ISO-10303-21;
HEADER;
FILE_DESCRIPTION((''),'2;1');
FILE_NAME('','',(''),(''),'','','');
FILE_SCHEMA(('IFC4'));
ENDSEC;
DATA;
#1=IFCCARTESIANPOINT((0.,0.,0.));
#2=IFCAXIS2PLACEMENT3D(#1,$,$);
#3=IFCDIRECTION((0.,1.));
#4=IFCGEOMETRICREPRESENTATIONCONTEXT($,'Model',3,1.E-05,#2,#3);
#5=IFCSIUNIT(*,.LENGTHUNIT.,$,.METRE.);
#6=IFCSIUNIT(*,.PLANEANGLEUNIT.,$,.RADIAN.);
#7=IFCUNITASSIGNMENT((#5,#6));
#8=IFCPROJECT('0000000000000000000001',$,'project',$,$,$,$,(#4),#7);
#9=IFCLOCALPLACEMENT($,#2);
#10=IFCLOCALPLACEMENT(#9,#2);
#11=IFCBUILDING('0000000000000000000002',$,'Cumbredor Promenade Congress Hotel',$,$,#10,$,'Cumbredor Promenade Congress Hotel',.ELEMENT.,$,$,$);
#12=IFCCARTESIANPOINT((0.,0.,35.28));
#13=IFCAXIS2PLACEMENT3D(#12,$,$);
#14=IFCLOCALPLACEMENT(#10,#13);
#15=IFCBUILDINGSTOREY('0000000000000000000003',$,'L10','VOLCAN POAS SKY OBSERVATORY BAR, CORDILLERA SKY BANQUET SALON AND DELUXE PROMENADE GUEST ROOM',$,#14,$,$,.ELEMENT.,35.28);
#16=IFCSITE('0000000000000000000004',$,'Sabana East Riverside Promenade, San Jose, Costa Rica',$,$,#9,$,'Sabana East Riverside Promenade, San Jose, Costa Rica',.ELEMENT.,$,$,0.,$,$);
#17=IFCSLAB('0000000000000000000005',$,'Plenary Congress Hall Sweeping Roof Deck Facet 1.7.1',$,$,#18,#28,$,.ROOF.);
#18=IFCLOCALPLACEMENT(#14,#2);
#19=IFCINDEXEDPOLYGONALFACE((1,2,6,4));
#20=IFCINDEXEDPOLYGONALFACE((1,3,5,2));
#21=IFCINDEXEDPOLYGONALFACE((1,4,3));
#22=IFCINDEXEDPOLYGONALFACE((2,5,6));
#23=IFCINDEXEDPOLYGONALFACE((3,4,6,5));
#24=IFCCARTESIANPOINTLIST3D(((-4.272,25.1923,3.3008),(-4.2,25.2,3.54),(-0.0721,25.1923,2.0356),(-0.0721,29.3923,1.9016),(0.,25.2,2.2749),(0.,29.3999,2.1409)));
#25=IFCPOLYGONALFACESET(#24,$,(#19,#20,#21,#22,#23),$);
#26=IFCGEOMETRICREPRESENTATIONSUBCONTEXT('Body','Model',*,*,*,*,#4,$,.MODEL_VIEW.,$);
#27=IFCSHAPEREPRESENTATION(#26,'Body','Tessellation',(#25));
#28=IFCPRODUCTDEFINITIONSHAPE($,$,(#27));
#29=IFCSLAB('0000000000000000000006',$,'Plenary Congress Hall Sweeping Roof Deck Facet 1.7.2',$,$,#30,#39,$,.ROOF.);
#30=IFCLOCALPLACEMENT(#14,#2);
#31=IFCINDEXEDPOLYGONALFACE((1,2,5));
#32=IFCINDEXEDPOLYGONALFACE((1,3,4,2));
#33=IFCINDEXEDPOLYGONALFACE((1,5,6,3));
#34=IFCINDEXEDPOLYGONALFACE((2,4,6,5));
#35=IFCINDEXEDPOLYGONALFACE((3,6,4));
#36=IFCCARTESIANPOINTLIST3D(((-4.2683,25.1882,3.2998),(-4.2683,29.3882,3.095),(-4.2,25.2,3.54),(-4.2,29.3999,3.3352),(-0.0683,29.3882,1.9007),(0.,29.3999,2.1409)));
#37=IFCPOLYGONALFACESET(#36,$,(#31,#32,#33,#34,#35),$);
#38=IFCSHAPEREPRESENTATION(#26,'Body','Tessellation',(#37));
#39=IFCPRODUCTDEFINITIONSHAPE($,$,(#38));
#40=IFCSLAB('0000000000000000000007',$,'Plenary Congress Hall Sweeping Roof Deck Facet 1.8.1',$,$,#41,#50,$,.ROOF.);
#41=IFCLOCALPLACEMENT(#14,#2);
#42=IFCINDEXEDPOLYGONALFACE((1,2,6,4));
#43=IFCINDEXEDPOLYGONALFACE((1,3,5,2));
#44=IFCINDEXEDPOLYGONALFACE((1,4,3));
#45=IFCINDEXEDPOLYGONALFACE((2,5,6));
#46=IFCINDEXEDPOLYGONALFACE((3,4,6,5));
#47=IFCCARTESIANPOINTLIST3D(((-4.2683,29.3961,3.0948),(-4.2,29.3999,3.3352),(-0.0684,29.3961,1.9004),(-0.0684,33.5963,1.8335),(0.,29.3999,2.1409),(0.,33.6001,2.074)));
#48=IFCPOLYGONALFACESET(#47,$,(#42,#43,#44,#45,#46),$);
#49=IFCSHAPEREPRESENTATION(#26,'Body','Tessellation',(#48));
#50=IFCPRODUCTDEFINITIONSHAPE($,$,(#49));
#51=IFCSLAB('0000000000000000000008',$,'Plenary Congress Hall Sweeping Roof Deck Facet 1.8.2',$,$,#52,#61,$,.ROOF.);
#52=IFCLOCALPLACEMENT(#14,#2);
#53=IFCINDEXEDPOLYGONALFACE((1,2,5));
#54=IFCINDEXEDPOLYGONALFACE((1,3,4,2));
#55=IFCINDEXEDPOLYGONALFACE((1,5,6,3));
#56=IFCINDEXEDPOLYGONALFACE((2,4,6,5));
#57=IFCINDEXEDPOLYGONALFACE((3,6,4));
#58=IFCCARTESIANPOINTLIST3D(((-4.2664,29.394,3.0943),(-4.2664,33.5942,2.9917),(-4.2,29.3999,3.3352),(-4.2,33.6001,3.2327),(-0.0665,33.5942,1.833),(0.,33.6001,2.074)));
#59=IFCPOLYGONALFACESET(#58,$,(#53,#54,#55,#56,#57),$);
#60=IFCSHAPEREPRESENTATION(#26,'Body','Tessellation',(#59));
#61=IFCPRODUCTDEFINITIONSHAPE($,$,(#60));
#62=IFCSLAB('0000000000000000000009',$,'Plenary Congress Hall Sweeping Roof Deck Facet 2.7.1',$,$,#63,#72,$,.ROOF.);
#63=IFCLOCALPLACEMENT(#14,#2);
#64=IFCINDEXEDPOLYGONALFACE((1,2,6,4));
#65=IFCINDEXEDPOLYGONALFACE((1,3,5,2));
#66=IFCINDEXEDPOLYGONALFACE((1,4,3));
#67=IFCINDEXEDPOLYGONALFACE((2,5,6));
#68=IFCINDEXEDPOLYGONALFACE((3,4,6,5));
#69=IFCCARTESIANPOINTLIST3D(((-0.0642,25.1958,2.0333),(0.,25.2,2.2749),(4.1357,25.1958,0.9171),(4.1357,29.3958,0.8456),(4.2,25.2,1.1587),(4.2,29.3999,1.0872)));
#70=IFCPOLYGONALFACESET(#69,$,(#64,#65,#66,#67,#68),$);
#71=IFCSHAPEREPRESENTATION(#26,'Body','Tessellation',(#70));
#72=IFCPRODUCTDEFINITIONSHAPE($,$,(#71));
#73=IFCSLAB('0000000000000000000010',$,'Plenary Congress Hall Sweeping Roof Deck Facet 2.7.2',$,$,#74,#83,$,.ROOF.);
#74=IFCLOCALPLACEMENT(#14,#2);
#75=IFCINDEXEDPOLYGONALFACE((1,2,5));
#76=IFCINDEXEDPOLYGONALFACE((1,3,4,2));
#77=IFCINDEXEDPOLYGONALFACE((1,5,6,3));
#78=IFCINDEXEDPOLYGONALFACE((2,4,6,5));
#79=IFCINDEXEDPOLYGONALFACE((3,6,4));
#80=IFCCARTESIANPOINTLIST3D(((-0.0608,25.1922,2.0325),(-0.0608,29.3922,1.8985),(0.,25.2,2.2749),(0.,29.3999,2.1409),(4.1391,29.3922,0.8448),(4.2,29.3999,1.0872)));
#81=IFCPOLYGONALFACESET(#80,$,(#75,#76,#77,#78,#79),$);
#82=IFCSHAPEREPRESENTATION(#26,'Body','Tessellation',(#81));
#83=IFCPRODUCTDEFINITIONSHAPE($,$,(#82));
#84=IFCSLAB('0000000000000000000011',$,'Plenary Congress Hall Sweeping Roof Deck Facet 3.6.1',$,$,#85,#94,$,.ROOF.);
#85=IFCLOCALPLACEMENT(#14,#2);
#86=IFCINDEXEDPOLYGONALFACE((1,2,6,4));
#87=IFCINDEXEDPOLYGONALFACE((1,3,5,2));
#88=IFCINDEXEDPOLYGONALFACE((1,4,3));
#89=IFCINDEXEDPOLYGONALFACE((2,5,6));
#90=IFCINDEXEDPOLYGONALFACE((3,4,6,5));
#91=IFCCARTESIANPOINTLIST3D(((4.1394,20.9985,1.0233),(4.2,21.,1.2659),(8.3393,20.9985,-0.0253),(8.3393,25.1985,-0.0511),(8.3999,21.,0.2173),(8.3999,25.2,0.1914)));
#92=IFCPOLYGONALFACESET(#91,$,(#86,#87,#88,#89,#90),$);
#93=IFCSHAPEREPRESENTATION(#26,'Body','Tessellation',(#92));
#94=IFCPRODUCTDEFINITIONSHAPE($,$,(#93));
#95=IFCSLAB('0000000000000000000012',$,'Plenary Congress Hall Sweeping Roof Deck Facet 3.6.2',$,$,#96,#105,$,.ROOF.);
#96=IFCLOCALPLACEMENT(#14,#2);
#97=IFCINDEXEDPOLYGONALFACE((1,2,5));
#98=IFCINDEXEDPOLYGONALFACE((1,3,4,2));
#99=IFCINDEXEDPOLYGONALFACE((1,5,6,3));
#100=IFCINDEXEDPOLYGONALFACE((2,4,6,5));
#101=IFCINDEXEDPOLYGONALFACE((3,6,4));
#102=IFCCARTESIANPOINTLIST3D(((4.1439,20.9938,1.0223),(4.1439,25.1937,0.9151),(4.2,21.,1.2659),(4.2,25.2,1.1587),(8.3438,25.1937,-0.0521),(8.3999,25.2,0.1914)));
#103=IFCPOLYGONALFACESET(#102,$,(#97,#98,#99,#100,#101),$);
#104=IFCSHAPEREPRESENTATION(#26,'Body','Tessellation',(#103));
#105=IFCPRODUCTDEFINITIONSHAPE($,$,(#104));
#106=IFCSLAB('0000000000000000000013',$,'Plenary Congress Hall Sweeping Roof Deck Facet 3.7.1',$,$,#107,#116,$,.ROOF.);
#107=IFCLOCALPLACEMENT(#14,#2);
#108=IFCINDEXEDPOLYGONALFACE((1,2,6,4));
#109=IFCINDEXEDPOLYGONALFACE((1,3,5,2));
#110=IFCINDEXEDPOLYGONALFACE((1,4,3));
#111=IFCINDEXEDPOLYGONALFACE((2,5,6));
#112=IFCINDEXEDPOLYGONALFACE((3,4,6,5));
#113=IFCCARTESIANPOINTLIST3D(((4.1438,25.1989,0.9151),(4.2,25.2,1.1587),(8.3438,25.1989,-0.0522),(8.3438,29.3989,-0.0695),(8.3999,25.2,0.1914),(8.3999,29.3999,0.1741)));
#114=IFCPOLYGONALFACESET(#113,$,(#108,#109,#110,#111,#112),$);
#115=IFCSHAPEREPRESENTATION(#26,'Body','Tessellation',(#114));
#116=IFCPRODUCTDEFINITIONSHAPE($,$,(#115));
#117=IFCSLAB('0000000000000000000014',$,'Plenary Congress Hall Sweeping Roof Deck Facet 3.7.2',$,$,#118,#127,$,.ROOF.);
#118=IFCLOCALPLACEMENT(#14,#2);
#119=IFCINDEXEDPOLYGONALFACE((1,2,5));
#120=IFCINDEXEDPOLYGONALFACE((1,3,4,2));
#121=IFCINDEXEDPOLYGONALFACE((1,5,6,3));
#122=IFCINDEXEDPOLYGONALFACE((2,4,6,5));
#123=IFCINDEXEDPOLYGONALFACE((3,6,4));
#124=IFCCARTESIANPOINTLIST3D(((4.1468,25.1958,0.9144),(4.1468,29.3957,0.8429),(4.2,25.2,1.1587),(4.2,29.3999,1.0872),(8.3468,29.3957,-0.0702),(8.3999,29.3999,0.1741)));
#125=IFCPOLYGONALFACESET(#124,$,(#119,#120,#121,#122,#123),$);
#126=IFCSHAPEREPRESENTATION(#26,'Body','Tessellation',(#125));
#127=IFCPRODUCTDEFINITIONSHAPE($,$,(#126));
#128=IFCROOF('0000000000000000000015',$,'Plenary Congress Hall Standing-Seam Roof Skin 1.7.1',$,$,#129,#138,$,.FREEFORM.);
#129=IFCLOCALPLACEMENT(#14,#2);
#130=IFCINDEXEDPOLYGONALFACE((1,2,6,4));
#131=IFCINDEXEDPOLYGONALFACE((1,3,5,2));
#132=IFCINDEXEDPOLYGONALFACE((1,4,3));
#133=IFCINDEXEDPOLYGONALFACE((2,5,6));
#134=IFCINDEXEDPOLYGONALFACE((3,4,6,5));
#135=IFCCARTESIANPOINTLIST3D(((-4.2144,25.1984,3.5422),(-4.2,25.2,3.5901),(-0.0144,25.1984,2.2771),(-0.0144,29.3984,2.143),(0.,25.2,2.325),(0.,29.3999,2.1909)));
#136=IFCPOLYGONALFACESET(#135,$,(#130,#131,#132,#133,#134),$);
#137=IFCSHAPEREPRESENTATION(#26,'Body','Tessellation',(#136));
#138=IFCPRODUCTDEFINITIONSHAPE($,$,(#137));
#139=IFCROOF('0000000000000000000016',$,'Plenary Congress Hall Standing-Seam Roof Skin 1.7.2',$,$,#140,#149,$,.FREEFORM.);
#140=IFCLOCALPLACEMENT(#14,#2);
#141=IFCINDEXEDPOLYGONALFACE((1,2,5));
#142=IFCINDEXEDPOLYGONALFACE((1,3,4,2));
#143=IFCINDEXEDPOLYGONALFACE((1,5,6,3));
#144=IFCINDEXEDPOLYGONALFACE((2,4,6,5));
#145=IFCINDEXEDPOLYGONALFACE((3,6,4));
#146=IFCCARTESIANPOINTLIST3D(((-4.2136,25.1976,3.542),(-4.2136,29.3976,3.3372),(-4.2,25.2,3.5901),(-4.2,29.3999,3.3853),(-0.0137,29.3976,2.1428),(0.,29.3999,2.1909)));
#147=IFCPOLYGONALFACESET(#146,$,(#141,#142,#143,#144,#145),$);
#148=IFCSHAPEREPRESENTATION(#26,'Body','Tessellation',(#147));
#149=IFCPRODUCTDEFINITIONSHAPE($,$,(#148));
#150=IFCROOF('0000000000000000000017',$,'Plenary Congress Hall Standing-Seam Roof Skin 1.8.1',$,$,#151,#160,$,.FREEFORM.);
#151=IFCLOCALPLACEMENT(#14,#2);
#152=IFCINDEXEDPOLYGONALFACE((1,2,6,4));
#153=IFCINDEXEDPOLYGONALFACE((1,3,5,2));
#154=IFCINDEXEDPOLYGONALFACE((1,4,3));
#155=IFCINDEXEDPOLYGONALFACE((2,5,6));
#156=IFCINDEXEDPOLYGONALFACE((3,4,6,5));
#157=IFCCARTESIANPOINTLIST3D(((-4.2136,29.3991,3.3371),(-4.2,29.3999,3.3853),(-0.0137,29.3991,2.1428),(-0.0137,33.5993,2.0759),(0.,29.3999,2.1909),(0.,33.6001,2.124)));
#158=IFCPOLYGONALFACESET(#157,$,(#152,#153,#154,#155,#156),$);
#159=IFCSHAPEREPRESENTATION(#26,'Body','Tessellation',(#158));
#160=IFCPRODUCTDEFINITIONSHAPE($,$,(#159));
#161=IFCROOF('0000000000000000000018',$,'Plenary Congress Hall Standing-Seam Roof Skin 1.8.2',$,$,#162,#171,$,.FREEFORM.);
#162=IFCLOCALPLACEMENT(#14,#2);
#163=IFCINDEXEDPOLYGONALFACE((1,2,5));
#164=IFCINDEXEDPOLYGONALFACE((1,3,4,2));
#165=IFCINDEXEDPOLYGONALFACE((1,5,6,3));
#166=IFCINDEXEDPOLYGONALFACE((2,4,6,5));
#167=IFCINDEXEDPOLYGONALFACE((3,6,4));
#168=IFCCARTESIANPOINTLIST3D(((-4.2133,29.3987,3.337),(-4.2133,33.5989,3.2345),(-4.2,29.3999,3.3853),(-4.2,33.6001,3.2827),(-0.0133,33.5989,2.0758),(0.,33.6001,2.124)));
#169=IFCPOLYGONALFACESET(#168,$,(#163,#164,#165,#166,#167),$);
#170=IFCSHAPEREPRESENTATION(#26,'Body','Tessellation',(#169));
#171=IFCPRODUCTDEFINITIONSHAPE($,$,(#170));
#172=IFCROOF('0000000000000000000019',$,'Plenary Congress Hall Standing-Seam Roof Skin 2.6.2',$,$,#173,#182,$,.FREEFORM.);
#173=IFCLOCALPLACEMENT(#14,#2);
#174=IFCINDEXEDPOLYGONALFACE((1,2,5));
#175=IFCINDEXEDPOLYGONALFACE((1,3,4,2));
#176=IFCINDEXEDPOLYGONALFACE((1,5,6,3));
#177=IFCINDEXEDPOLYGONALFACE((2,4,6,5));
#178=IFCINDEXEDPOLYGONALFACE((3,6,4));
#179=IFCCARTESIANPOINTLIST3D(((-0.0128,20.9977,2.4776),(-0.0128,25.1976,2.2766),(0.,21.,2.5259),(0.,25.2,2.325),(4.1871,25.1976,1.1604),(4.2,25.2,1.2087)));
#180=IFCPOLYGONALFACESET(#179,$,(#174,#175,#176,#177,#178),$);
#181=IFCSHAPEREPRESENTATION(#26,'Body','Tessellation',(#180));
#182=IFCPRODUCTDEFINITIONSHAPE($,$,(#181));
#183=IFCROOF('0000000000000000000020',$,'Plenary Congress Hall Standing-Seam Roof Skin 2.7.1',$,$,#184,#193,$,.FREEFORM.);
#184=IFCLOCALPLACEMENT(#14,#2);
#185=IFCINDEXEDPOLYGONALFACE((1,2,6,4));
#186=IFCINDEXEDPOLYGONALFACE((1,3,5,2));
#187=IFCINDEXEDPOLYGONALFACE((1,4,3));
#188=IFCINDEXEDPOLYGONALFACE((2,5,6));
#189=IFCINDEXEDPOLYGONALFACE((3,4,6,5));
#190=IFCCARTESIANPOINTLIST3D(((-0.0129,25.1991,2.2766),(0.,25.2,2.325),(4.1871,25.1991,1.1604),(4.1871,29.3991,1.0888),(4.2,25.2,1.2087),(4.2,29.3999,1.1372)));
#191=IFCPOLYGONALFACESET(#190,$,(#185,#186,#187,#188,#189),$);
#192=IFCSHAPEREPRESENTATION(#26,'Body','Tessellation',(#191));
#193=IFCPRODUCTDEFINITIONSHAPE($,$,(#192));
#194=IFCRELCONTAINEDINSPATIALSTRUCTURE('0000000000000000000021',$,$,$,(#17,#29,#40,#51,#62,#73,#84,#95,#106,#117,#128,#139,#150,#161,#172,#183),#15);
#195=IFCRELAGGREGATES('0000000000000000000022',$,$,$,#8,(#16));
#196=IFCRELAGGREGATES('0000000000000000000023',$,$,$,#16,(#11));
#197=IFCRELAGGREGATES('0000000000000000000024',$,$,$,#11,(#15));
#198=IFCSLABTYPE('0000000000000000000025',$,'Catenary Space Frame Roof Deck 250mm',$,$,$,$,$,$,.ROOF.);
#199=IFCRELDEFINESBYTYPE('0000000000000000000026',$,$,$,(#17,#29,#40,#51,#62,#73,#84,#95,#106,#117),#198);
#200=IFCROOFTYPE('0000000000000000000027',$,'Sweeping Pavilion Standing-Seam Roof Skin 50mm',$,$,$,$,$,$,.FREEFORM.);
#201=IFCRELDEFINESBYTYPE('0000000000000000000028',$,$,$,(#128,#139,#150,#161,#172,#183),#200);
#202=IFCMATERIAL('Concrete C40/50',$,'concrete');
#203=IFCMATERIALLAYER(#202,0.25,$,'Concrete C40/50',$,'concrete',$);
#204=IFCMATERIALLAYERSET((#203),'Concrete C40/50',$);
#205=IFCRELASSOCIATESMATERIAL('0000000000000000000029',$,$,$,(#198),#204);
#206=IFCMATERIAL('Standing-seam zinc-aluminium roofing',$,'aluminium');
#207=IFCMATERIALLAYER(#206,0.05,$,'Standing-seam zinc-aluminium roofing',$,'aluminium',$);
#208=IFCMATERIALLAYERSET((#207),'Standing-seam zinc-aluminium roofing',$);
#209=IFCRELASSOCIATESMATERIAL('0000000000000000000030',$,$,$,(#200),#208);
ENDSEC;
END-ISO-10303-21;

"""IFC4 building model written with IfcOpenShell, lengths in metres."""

from ifc_helpers import new_model, si_unit, direction, frame, origin, place, context, subcontext, project, spatial, polyline, outline, extrude, material, layer, layer_set, type_object, element, save


model = new_model("IFC4")

# Units and contexts
model_context = context("Model", 3, precision=1e-05, world=origin(), true_north=direction((0.0, 1.0)))
body_context = subcontext(model_context, "Body", "Model", "MODEL_VIEW")
ifc_project = project(units=[si_unit("LENGTHUNIT", "METRE"), si_unit("PLANEANGLEUNIT", "RADIAN")], contexts=[model_context])

# Site, building, storey
site_placement = place(None, origin())
site = spatial("IfcSite", under=ifc_project, at=site_placement, Name="Sabana East Riverside Promenade, San Jose, Costa Rica", LongName="Sabana East Riverside Promenade, San Jose, Costa Rica", CompositionType="ELEMENT", RefElevation=0.0)
building_placement = place(site_placement, origin())
building = spatial("IfcBuilding", under=site, at=building_placement, Name="Cumbredor Promenade Congress Hotel", LongName="Cumbredor Promenade Congress Hotel", CompositionType="ELEMENT")
storey_placement = place(building_placement, frame((0.0, 0.0, 35.28)))
storey = spatial("IfcBuildingStorey", under=building, at=storey_placement, Name="L10", Description="VOLCAN POAS SKY OBSERVATORY BAR, CORDILLERA SKY BANQUET SALON AND DELUXE PROMENADE GUEST ROOM", CompositionType="ELEMENT", Elevation=35.28)

# Slabs
ifc_material_1 = material(Name="Concrete C40/50", Category="concrete")
ifc_layer_1 = layer(ifc_material_1, 0.25, Name="Concrete C40/50", Category="concrete")
ifc_layer_set_1 = layer_set([ifc_layer_1], Name="Concrete C40/50")
slab_type = type_object("IfcSlabType", Name="Catenary Space Frame Roof Deck 250mm", PredefinedType="ROOF", material=ifc_layer_set_1)
slab_1_placement = place(storey_placement, frame((-4.2, 25.2, 3.54), z_axis=(0.288291, 0.030543, 0.957056), x_axis=(0.957502, 0.0, -0.288425)))
element("IfcSlab", 1, at=slab_1_placement, inside=storey, type_object=slab_type, Name="Plenary Congress Hall Sweeping Roof Deck Facet 1.7.1", PredefinedType="ROOF", context=body_context, shape_type="SweptSolid", body=[
    extrude(outline(polyline([(0.0, 0.0), (4.3864, 0.0), (4.425, 4.2019), (0.0, 0.0)])), origin(), (0.0, 0.0, -1.0), 0.25),
])
slab_2_placement = place(storey_placement, frame((-4.2, 25.2, 3.54), z_axis=(0.273224, 0.046859, 0.960808), x_axis=(0.688268, 0.688268, -0.229289)))
element("IfcSlab", 2, at=slab_2_placement, inside=storey, type_object=slab_type, Name="Plenary Congress Hall Sweeping Roof Deck Facet 1.7.2", PredefinedType="ROOF", context=body_context, shape_type="SweptSolid", body=[
    extrude(outline(polyline([(0.0, 0.0), (6.1022, 0.0), (2.9377, 3.0086), (0.0, 0.0)])), origin(), (0.0, 0.0, -1.0), 0.25),
])
slab_3_placement = place(storey_placement, frame((-4.2, 29.3999, 3.3352), z_axis=(0.273493, 0.015317, 0.961752), x_axis=(0.961865, 0.0, -0.273525)))
element("IfcSlab", 3, at=slab_3_placement, inside=storey, type_object=slab_type, Name="Plenary Congress Hall Sweeping Roof Deck Facet 1.8.1", PredefinedType="ROOF", context=body_context, shape_type="SweptSolid", body=[
    extrude(outline(polyline([(0.0, 0.0), (4.3665, 0.0), (4.3848, 4.2007), (0.0, 0.0)])), origin(), (0.0, 0.0, -1.0), 0.25),
])
slab_4_placement = place(storey_placement, frame((-4.2, 29.3999, 3.3352), z_axis=(0.265873, 0.023527, 0.963721), x_axis=(0.691666, 0.691706, -0.207705)))
element("IfcSlab", 4, at=slab_4_placement, inside=storey, type_object=slab_type, Name="Plenary Congress Hall Sweeping Roof Deck Facet 1.8.2", PredefinedType="ROOF", context=body_context, shape_type="SweptSolid", body=[
    extrude(outline(polyline([(0.0, 0.0), (6.0722, 0.0), (2.9266, 3.0145), (0.0, 0.0)])), origin(), (0.0, 0.0, -1.0), 0.25),
])
slab_5_placement = place(storey_placement, frame((0.0, 25.2, 2.2749), z_axis=(0.256817, 0.016458, 0.96632), x_axis=(0.966451, 0.0, -0.256851)))
element("IfcSlab", 5, at=slab_5_placement, inside=storey, type_object=slab_type, Name="Plenary Congress Hall Sweeping Roof Deck Facet 2.7.1", PredefinedType="ROOF", context=body_context, shape_type="SweptSolid", body=[
    extrude(outline(polyline([(0.0, 0.0), (4.3457, 0.0), (4.3641, 4.2005), (0.0, 0.0)])), origin(), (0.0, 0.0, -1.0), 0.25),
])
slab_6_placement = place(storey_placement, frame((0.0, 25.2, 2.2749), z_axis=(0.243228, 0.030939, 0.969476), x_axis=(0.693379, 0.693379, -0.196087)))
element("IfcSlab", 6, at=slab_6_placement, inside=storey, type_object=slab_type, Name="Plenary Congress Hall Sweeping Roof Deck Facet 2.7.2", PredefinedType="ROOF", context=body_context, shape_type="SweptSolid", body=[
    extrude(outline(polyline([(0.0, 0.0), (6.0572, 0.0), (2.9384, 3.0039), (0.0, 0.0)])), origin(), (0.0, 0.0, -1.0), 0.25),
])
slab_7_placement = place(storey_placement, frame((4.2, 21.0, 1.2659), z_axis=(0.242226, 0.005978, 0.970201), x_axis=(0.970219, 0.0, -0.24223)))
element("IfcSlab", 7, at=slab_7_placement, inside=storey, type_object=slab_type, Name="Plenary Congress Hall Sweeping Roof Deck Facet 3.6.1", PredefinedType="ROOF", context=body_context, shape_type="SweptSolid", body=[
    extrude(outline(polyline([(0.0, 0.0), (4.3289, 0.0), (4.3351, 4.2), (0.0, 0.0)])), origin(), (0.0, 0.0, -1.0), 0.25),
])
slab_8_placement = place(storey_placement, frame((4.2, 21.0, 1.2659), z_axis=(0.224364, 0.02486, 0.974188), x_axis=(0.695814, 0.695814, -0.178008)))
element("IfcSlab", 8, at=slab_8_placement, inside=storey, type_object=slab_type, Name="Plenary Congress Hall Sweeping Roof Deck Facet 3.6.2", PredefinedType="ROOF", context=body_context, shape_type="SweptSolid", body=[
    extrude(outline(polyline([(0.0, 0.0), (6.036, 0.0), (2.9415, 2.9998), (0.0, 0.0)])), origin(), (0.0, 0.0, -1.0), 0.25),
])
slab_9_placement = place(storey_placement, frame((4.2, 25.2, 1.1587), z_axis=(0.224432, 0.004022, 0.974482), x_axis=(0.974489, 0.0, -0.224433)))
element("IfcSlab", 9, at=slab_9_placement, inside=storey, type_object=slab_type, Name="Plenary Congress Hall Sweeping Roof Deck Facet 3.7.1", PredefinedType="ROOF", context=body_context, shape_type="SweptSolid", body=[
    extrude(outline(polyline([(0.0, 0.0), (4.3099, 0.0), (4.3138, 4.2), (0.0, 0.0)])), origin(), (0.0, 0.0, -1.0), 0.25),
])
slab_10_placement = place(storey_placement, frame((4.2, 25.2, 1.1587), z_axis=(0.212412, 0.016641, 0.977038), x_axis=(0.697587, 0.697587, -0.163539)))
element("IfcSlab", 10, at=slab_10_placement, inside=storey, type_object=slab_type, Name="Plenary Congress Hall Sweeping Roof Deck Facet 3.7.2", PredefinedType="ROOF", context=body_context, shape_type="SweptSolid", body=[
    extrude(outline(polyline([(0.0, 0.0), (6.0207, 0.0), (2.9415, 2.9987), (0.0, 0.0)])), origin(), (0.0, 0.0, -1.0), 0.25),
])

# Roofs
ifc_material_2 = material(Name="Standing-seam zinc-aluminium roofing", Category="aluminium")
ifc_layer_2 = layer(ifc_material_2, 0.05, Name="Standing-seam zinc-aluminium roofing", Category="aluminium")
ifc_layer_set_2 = layer_set([ifc_layer_2], Name="Standing-seam zinc-aluminium roofing")
roof_type = type_object("IfcRoofType", Name="Sweeping Pavilion Standing-Seam Roof Skin 50mm", PredefinedType="FREEFORM", material=ifc_layer_set_2)
roof_1_placement = place(storey_placement, frame((-4.2, 25.2, 3.5901), z_axis=(0.288291, 0.030543, 0.957056), x_axis=(0.957502, 0.0, -0.288425)))
element("IfcRoof", 11, at=roof_1_placement, inside=storey, type_object=roof_type, Name="Plenary Congress Hall Standing-Seam Roof Skin 1.7.1", PredefinedType="FREEFORM", context=body_context, shape_type="SweptSolid", body=[
    extrude(outline(polyline([(0.0, 0.0), (4.3864, 0.0), (4.425, 4.2019), (0.0, 0.0)])), origin(), (0.0, 0.0, -1.0), 0.05),
])
roof_2_placement = place(storey_placement, frame((-4.2, 25.2, 3.5901), z_axis=(0.273224, 0.046859, 0.960808), x_axis=(0.688268, 0.688268, -0.229289)))
element("IfcRoof", 12, at=roof_2_placement, inside=storey, type_object=roof_type, Name="Plenary Congress Hall Standing-Seam Roof Skin 1.7.2", PredefinedType="FREEFORM", context=body_context, shape_type="SweptSolid", body=[
    extrude(outline(polyline([(0.0, 0.0), (6.1022, 0.0), (2.9377, 3.0086), (0.0, 0.0)])), origin(), (0.0, 0.0, -1.0), 0.05),
])
roof_3_placement = place(storey_placement, frame((-4.2, 29.3999, 3.3853), z_axis=(0.273493, 0.015317, 0.961752), x_axis=(0.961865, 0.0, -0.273525)))
element("IfcRoof", 13, at=roof_3_placement, inside=storey, type_object=roof_type, Name="Plenary Congress Hall Standing-Seam Roof Skin 1.8.1", PredefinedType="FREEFORM", context=body_context, shape_type="SweptSolid", body=[
    extrude(outline(polyline([(0.0, 0.0), (4.3665, 0.0), (4.3848, 4.2007), (0.0, 0.0)])), origin(), (0.0, 0.0, -1.0), 0.05),
])
roof_4_placement = place(storey_placement, frame((-4.2, 29.3999, 3.3853), z_axis=(0.265873, 0.023527, 0.963721), x_axis=(0.691666, 0.691706, -0.207705)))
element("IfcRoof", 14, at=roof_4_placement, inside=storey, type_object=roof_type, Name="Plenary Congress Hall Standing-Seam Roof Skin 1.8.2", PredefinedType="FREEFORM", context=body_context, shape_type="SweptSolid", body=[
    extrude(outline(polyline([(0.0, 0.0), (6.0722, 0.0), (2.9266, 3.0145), (0.0, 0.0)])), origin(), (0.0, 0.0, -1.0), 0.05),
])
roof_5_placement = place(storey_placement, frame((0.0, 21.0, 2.5259), z_axis=(0.256577, 0.046186, 0.96542), x_axis=(0.690337, 0.690337, -0.216495)))
element("IfcRoof", 15, at=roof_5_placement, inside=storey, type_object=roof_type, Name="Plenary Congress Hall Standing-Seam Roof Skin 2.6.2", PredefinedType="FREEFORM", context=body_context, shape_type="SweptSolid", body=[
    extrude(outline(polyline([(0.0, 0.0), (6.0839, 0.0), (2.9429, 3.0032), (0.0, 0.0)])), origin(), (0.0, 0.0, -1.0), 0.05),
])
roof_6_placement = place(storey_placement, frame((0.0, 25.2, 2.325), z_axis=(0.256817, 0.016458, 0.96632), x_axis=(0.966451, 0.0, -0.256851)))
element("IfcRoof", 16, at=roof_6_placement, inside=storey, type_object=roof_type, Name="Plenary Congress Hall Standing-Seam Roof Skin 2.7.1", PredefinedType="FREEFORM", context=body_context, shape_type="SweptSolid", body=[
    extrude(outline(polyline([(0.0, 0.0), (4.3457, 0.0), (4.3641, 4.2005), (0.0, 0.0)])), origin(), (0.0, 0.0, -1.0), 0.05),
])

save(model, "model.ifc")
